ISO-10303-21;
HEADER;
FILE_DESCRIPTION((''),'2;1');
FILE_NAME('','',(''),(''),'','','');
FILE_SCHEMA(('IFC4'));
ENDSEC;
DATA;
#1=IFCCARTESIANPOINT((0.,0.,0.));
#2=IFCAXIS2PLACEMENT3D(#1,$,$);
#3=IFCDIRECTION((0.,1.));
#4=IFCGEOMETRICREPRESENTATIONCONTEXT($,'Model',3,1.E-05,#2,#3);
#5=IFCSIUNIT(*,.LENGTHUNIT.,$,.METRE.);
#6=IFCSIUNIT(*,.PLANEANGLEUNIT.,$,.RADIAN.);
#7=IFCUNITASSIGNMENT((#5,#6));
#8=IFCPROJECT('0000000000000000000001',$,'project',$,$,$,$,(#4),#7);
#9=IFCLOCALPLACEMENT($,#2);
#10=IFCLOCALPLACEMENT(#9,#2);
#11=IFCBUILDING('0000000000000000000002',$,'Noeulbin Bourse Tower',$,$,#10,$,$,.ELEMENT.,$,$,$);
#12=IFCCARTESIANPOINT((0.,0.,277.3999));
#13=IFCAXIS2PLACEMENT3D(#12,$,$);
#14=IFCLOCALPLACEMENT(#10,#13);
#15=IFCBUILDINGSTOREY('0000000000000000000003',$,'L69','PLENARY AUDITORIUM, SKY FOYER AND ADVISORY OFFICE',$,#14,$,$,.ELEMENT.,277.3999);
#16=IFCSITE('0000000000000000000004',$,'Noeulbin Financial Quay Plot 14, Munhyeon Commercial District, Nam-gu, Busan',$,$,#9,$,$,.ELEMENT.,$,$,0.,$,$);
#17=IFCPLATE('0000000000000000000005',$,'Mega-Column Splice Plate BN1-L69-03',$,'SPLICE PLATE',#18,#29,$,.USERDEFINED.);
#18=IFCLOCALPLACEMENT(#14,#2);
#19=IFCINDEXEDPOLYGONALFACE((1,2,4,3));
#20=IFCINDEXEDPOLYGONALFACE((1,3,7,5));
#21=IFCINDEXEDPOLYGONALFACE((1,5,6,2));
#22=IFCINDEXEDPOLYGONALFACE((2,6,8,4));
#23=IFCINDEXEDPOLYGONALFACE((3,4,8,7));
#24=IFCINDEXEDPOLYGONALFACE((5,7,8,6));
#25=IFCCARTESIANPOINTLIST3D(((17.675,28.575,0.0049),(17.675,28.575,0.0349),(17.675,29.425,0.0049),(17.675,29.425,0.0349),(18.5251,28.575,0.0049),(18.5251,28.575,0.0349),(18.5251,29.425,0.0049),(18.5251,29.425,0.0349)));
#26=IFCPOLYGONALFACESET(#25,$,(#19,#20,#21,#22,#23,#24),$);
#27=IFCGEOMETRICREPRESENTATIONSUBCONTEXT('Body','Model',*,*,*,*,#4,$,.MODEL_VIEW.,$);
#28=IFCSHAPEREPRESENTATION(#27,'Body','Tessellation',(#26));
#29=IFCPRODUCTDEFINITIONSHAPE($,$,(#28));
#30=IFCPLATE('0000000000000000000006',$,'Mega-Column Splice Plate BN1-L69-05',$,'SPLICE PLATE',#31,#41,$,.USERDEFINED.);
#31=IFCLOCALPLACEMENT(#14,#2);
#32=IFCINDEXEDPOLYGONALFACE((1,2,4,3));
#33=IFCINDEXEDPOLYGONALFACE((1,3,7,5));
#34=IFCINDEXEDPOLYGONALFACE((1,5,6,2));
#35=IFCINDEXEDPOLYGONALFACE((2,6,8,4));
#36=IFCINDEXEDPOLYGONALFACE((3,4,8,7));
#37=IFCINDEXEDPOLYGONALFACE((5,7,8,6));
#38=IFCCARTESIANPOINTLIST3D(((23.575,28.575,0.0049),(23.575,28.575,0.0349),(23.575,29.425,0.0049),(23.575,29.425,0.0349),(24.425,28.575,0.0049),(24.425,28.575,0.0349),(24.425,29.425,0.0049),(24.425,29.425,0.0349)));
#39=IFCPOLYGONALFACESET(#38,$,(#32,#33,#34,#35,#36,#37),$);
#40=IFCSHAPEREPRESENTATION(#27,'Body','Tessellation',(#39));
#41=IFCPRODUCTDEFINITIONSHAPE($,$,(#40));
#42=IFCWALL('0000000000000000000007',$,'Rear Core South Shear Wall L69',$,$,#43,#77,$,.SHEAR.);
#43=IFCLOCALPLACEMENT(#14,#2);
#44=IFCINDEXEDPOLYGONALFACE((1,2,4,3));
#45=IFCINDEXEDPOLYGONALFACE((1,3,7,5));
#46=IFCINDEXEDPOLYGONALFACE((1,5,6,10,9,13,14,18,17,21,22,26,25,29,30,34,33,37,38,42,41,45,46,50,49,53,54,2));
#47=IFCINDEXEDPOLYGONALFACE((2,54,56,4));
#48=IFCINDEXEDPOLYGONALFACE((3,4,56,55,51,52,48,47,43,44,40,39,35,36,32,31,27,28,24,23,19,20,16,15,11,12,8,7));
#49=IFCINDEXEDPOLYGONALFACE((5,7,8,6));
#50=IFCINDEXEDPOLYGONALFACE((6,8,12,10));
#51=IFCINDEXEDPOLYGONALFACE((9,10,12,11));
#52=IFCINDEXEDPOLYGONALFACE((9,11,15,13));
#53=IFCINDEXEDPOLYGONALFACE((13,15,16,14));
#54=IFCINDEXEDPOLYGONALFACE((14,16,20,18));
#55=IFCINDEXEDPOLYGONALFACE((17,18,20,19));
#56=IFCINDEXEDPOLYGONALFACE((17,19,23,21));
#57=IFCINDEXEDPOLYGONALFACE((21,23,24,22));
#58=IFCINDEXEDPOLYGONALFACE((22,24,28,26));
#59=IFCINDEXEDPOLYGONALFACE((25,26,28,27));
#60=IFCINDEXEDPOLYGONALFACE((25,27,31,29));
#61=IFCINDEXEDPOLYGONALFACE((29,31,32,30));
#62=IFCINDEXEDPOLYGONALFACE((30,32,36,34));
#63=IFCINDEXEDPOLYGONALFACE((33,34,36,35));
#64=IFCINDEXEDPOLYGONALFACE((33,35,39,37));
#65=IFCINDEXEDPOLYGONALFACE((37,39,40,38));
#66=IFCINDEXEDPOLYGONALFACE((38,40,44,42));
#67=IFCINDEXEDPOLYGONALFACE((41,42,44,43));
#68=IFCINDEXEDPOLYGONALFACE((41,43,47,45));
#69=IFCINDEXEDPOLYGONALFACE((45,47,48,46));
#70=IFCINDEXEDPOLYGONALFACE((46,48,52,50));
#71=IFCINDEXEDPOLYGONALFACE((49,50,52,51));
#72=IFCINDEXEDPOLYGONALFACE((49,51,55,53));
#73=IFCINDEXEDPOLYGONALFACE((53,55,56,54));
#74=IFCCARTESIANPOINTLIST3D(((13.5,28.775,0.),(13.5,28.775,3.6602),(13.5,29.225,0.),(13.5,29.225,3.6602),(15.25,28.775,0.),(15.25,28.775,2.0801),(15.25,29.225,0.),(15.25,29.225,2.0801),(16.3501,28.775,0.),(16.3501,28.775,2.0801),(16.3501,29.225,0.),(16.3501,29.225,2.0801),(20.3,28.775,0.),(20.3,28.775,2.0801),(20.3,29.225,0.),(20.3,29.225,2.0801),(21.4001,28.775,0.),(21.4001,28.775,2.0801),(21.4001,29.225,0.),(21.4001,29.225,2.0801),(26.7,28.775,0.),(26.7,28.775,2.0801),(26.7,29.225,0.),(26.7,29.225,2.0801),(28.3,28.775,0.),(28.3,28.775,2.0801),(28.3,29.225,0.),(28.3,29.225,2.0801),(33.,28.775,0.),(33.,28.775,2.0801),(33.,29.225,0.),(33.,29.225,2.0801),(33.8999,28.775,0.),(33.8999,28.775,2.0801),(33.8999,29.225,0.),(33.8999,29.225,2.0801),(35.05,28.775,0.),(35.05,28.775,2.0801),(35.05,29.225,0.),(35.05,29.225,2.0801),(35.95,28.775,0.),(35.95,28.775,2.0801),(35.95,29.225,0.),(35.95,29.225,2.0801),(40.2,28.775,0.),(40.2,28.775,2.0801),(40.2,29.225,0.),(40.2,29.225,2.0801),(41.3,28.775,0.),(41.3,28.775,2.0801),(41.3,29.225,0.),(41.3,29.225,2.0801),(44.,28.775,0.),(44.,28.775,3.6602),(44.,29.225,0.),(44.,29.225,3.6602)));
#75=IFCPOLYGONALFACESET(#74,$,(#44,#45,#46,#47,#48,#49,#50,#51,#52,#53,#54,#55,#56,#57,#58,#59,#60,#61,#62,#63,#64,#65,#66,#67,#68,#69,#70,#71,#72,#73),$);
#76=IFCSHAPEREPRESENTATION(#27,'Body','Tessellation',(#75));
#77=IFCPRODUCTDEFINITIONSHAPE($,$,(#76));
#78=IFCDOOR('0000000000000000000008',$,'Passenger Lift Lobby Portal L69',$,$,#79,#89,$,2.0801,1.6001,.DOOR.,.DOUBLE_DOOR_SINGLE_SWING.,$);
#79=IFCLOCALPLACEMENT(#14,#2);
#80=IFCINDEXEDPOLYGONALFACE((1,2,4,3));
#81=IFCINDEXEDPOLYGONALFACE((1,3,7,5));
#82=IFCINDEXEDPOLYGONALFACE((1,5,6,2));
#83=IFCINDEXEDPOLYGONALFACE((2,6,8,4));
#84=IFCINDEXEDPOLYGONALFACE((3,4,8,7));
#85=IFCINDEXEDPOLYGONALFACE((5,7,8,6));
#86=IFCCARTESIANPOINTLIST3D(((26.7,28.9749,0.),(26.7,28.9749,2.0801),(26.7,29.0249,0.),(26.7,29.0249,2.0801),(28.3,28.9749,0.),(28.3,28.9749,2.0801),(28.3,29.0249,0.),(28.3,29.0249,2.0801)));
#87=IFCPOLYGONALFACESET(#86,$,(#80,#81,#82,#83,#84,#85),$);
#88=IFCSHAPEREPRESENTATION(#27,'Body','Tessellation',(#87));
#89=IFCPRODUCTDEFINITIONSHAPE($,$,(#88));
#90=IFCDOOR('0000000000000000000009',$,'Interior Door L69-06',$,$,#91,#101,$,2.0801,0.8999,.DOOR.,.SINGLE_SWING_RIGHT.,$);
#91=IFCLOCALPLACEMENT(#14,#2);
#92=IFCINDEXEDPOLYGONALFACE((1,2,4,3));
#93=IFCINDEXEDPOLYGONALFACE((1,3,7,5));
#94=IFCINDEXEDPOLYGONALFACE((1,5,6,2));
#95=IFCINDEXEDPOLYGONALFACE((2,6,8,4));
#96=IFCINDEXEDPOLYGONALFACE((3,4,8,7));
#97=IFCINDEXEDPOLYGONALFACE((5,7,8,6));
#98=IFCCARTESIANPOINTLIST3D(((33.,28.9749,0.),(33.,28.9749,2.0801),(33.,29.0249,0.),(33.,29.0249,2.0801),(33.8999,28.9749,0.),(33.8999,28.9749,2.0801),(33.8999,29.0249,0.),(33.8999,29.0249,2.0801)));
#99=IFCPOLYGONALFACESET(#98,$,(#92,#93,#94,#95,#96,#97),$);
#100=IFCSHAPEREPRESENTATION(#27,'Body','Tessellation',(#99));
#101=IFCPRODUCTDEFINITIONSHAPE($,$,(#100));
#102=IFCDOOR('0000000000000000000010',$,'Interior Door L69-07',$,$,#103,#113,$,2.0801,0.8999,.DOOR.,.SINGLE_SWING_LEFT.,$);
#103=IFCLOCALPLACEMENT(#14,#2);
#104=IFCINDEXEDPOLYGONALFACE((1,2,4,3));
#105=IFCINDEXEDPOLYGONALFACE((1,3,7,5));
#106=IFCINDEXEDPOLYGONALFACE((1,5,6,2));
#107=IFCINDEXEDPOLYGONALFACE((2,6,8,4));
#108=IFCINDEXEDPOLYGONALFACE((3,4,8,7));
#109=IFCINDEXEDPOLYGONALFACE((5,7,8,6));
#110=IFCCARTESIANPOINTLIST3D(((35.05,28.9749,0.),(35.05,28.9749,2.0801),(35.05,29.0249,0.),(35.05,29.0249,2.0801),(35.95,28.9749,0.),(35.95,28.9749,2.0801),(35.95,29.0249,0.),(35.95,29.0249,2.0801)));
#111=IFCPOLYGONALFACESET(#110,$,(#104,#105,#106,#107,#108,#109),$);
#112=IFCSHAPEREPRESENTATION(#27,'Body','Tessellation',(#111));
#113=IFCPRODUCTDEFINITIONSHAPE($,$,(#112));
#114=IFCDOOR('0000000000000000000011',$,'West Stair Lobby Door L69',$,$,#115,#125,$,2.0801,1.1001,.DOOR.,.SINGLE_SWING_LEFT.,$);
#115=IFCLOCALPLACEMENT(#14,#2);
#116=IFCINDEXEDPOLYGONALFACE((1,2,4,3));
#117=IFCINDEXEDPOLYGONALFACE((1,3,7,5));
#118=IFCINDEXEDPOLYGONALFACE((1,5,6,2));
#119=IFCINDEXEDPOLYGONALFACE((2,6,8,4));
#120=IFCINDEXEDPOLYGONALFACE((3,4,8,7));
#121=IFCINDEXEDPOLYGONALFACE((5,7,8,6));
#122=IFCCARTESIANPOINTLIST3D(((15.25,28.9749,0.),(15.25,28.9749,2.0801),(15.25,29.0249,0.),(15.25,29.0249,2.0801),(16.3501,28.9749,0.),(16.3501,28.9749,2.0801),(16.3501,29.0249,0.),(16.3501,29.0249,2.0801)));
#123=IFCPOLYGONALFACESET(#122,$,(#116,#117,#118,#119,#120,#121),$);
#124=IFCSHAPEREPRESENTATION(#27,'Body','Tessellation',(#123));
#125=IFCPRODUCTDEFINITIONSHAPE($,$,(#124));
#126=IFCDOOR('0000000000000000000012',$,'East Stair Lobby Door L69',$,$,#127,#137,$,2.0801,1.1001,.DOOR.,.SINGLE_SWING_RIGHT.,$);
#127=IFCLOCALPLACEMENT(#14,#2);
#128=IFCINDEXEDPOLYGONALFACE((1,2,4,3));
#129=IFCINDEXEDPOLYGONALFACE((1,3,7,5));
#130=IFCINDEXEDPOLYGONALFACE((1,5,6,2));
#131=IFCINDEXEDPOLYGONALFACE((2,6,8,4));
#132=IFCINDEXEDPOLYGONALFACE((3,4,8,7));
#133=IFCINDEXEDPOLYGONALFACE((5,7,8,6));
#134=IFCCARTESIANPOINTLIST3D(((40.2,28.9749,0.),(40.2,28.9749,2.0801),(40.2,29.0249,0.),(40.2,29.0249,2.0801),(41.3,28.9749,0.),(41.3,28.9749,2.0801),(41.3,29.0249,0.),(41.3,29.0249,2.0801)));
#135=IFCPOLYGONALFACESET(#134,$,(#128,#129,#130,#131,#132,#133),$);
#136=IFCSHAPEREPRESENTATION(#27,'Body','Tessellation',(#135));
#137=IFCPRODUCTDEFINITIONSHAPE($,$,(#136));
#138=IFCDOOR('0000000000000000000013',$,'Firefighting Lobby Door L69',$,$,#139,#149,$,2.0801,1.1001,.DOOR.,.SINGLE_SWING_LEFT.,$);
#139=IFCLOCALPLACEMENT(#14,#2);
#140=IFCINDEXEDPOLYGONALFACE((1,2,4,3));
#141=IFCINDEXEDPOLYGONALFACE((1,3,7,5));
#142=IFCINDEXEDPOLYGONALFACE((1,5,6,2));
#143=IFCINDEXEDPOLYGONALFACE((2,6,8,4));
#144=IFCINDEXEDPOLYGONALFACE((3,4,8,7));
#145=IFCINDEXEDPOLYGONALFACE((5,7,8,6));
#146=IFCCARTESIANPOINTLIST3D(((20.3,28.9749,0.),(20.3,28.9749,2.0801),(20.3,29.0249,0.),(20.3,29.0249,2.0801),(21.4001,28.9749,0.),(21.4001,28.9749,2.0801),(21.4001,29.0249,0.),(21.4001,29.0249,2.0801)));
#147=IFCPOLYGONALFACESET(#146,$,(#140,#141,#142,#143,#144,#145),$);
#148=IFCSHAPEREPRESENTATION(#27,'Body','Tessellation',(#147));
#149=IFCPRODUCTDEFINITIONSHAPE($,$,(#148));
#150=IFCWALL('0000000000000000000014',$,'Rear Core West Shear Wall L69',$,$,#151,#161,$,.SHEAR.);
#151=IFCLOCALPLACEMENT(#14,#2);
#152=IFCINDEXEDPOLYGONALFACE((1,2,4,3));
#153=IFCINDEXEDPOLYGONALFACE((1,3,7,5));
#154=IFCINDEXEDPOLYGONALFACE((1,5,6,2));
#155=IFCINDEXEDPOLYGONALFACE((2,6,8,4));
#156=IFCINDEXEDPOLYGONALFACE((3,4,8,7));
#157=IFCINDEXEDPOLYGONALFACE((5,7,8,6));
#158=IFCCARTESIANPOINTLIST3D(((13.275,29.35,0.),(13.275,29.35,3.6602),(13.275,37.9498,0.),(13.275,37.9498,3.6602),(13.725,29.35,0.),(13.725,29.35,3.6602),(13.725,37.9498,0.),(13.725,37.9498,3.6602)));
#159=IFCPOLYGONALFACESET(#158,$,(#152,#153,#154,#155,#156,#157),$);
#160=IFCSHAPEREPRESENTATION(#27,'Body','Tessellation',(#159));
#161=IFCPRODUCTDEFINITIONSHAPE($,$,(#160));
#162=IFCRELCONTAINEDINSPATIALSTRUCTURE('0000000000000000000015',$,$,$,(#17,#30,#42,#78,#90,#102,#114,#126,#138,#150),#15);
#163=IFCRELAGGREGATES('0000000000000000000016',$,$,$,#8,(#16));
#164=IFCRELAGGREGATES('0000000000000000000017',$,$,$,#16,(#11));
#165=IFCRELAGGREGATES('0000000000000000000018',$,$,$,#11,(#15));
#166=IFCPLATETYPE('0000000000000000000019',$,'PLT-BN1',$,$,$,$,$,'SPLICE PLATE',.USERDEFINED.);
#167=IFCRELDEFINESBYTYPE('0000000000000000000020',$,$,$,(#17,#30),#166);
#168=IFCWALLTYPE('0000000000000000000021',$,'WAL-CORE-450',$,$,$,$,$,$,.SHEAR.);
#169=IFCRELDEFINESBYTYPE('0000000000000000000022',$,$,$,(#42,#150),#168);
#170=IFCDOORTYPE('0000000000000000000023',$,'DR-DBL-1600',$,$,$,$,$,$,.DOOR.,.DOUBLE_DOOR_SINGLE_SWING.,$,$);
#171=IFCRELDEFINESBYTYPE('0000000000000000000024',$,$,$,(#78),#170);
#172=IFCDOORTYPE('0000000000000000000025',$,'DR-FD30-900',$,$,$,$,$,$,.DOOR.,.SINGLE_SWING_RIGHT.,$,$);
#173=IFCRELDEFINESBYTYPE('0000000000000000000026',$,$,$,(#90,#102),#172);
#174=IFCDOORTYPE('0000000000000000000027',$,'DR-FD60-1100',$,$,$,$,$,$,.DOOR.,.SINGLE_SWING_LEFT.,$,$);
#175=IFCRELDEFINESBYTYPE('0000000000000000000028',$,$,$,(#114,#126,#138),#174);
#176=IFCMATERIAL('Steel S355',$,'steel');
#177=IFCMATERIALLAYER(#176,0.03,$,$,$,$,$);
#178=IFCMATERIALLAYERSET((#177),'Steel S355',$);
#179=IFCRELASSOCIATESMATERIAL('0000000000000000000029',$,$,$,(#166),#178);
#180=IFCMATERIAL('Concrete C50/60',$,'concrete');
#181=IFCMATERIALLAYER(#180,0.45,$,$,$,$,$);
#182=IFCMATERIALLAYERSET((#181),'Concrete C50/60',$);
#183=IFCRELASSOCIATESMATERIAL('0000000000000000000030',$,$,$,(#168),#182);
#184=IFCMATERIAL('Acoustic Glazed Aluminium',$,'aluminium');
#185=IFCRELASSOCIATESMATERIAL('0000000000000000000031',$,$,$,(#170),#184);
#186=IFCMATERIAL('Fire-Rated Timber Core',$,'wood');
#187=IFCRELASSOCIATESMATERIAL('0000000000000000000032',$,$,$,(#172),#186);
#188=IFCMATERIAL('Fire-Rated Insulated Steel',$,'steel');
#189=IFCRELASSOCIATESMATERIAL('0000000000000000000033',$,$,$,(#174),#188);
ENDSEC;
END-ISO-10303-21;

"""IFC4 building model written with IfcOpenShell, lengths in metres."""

from ifc_helpers import new_model, si_unit, direction, frame, frame_2d, origin, origin_2d, place, context, subcontext, project, spatial, rectangle, extrude, material, layer, layer_set, type_object, element, fill, save


model = new_model("IFC4")

# Units and contexts
model_context = context("Model", 3, precision=1e-05, world=origin(), true_north=direction((0.0, 1.0)))
body_context = subcontext(model_context, "Body", "Model", "MODEL_VIEW")
ifc_project = project(units=[si_unit("LENGTHUNIT", "METRE"), si_unit("PLANEANGLEUNIT", "RADIAN")], contexts=[model_context])

# Site, building, storey
site_placement = place(None, origin())
site = spatial("IfcSite", under=ifc_project, at=site_placement, Name="Noeulbin Financial Quay Plot 14, Munhyeon Commercial District, Nam-gu, Busan", CompositionType="ELEMENT", RefElevation=0.0)
building_placement = place(site_placement, origin())
building = spatial("IfcBuilding", under=site, at=building_placement, Name="Noeulbin Bourse Tower", CompositionType="ELEMENT")
storey_placement = place(building_placement, frame((0.0, 0.0, 277.3999)))
storey = spatial("IfcBuildingStorey", under=building, at=storey_placement, Name="L69", Description="PLENARY AUDITORIUM, SKY FOYER AND ADVISORY OFFICE", CompositionType="ELEMENT", Elevation=277.3999)

# Shared definitions
ifc_material_1 = material(Name="Steel S355", Category="steel")

# Plates
ifc_layer_1 = layer(ifc_material_1, 0.03)
ifc_layer_set_1 = layer_set([ifc_layer_1], Name="Steel S355")
plate_type = type_object("IfcPlateType", Name="PLT-BN1", ElementType="SPLICE PLATE", PredefinedType="USERDEFINED", material=ifc_layer_set_1)
for number, where, z_axis, x_axis, name in (
    (1, (18.1001, 29.0, 0.0049), (0.0, 0.0, 1.0), (1.0, 0.0, 0.0), "Mega-Column Splice Plate BN1-L69-03"),
    (2, (24.0, 29.0, 0.0049), (0.0, 0.0, 1.0), (1.0, 0.0, 0.0), "Mega-Column Splice Plate BN1-L69-05"),
):
    element("IfcPlate", number, at=place(storey_placement, frame(where, z_axis=z_axis, x_axis=x_axis)), inside=storey, type_object=plate_type, Name=name, ObjectType="SPLICE PLATE", PredefinedType="USERDEFINED", context=body_context, shape_type="SweptSolid", body=[
        extrude(rectangle(XDim=0.8501, YDim=0.8501, at=origin_2d()), origin(), (0.0, 0.0, 1.0), 0.03),
    ])

# Wall, openings, doors
ifc_material_2 = material(Name="Concrete C50/60", Category="concrete")
ifc_layer_2 = layer(ifc_material_2, 0.45)
ifc_layer_set_2 = layer_set([ifc_layer_2], Name="Concrete C50/60")
wall_type_1 = type_object("IfcWallType", Name="WAL-CORE-450", PredefinedType="SHEAR", material=ifc_layer_set_2)
wall_1_placement = place(storey_placement, frame((13.5, 29.0, 0.0), z_axis=(0.0, 0.0, 1.0), x_axis=(1.0, 0.0, 0.0)))
wall_1 = element("IfcWall", 3, at=wall_1_placement, inside=storey, type_object=wall_type_1, Name="Rear Core South Shear Wall L69", PredefinedType="SHEAR", context=body_context, shape_type="SweptSolid", body=[
    extrude(rectangle(XDim=30.5, YDim=0.45, at=frame_2d((15.25, 0.0))), origin(), (0.0, 0.0, 1.0), 3.6602),
])
opening_1_placement = place(wall_1_placement, frame((1.75, 0.0, 0.0)))
opening_1 = element("IfcOpeningElement", 4, at=opening_1_placement, cuts=wall_1, PredefinedType="OPENING", context=body_context, shape_type="SweptSolid", body=[
    extrude(rectangle(XDim=1.1001, YDim=2.0801, at=frame_2d((0.55, 1.04))), frame((0.0, 0.2349, 0.0), z_axis=(0.0, -1.0, 0.0), x_axis=(1.0, 0.0, 0.0)), (0.0, 0.0, 1.0), 0.47),
])
opening_2_placement = place(wall_1_placement, frame((26.7, 0.0, 0.0)))
opening_2 = element("IfcOpeningElement", 5, at=opening_2_placement, cuts=wall_1, PredefinedType="OPENING", context=body_context, shape_type="SweptSolid", body=[
    extrude(rectangle(XDim=1.1001, YDim=2.0801, at=frame_2d((0.55, 1.04))), frame((0.0, 0.2349, 0.0), z_axis=(0.0, -1.0, 0.0), x_axis=(1.0, 0.0, 0.0)), (0.0, 0.0, 1.0), 0.47),
])
opening_3_placement = place(wall_1_placement, frame((6.8, 0.0, 0.0)))
opening_3 = element("IfcOpeningElement", 6, at=opening_3_placement, cuts=wall_1, PredefinedType="OPENING", context=body_context, shape_type="SweptSolid", body=[
    extrude(rectangle(XDim=1.1001, YDim=2.0801, at=frame_2d((0.55, 1.04))), frame((0.0, 0.2349, 0.0), z_axis=(0.0, -1.0, 0.0), x_axis=(1.0, 0.0, 0.0)), (0.0, 0.0, 1.0), 0.47),
])
opening_4_placement = place(wall_1_placement, frame((13.2, 0.0, 0.0)))
opening_4 = element("IfcOpeningElement", 7, at=opening_4_placement, cuts=wall_1, PredefinedType="OPENING", context=body_context, shape_type="SweptSolid", body=[
    extrude(rectangle(XDim=1.6001, YDim=2.0801, at=frame_2d((0.8, 1.04))), frame((0.0, 0.2349, 0.0), z_axis=(0.0, -1.0, 0.0), x_axis=(1.0, 0.0, 0.0)), (0.0, 0.0, 1.0), 0.47),
])
opening_5_placement = place(wall_1_placement, frame((19.5, 0.0, 0.0)))
opening_5 = element("IfcOpeningElement", 8, at=opening_5_placement, cuts=wall_1, PredefinedType="OPENING", context=body_context, shape_type="SweptSolid", body=[
    extrude(rectangle(XDim=0.8999, YDim=2.0801, at=frame_2d((0.45, 1.04))), frame((0.0, 0.2349, 0.0), z_axis=(0.0, -1.0, 0.0), x_axis=(1.0, 0.0, 0.0)), (0.0, 0.0, 1.0), 0.47),
])
opening_6_placement = place(wall_1_placement, frame((21.55, 0.0, 0.0)))
opening_6 = element("IfcOpeningElement", 9, at=opening_6_placement, cuts=wall_1, PredefinedType="OPENING", context=body_context, shape_type="SweptSolid", body=[
    extrude(rectangle(XDim=0.8999, YDim=2.0801, at=frame_2d((0.45, 1.04))), frame((0.0, 0.2349, 0.0), z_axis=(0.0, -1.0, 0.0), x_axis=(1.0, 0.0, 0.0)), (0.0, 0.0, 1.0), 0.47),
])
ifc_material_3 = material(Name="Acoustic Glazed Aluminium", Category="aluminium")
door_type_1 = type_object("IfcDoorType", Name="DR-DBL-1600", OperationType="DOUBLE_DOOR_SINGLE_SWING", PredefinedType="DOOR", material=ifc_material_3)
door_1_placement = place(opening_4_placement, origin())
door_1 = element("IfcDoor", 10, at=door_1_placement, inside=storey, type_object=door_type_1, Name="Passenger Lift Lobby Portal L69", OperationType="DOUBLE_DOOR_SINGLE_SWING", OverallHeight=2.0801, OverallWidth=1.6001, PredefinedType="DOOR", context=body_context, shape_type="SweptSolid", body=[
    extrude(rectangle(XDim=1.6001, YDim=2.0801, at=frame_2d((0.8, 1.04))), frame((0.0, 0.0249, 0.0), z_axis=(0.0, -1.0, 0.0), x_axis=(1.0, 0.0, 0.0)), (0.0, 0.0, 1.0), 0.05),
])
fill(opening_4, door_1)
ifc_material_4 = material(Name="Fire-Rated Timber Core", Category="wood")
door_type_2 = type_object("IfcDoorType", Name="DR-FD30-900", OperationType="SINGLE_SWING_RIGHT", PredefinedType="DOOR", material=ifc_material_4)
door_2_placement = place(opening_5_placement, origin())
door_2 = element("IfcDoor", 11, at=door_2_placement, inside=storey, type_object=door_type_2, Name="Interior Door L69-06", OperationType="SINGLE_SWING_RIGHT", OverallHeight=2.0801, OverallWidth=0.8999, PredefinedType="DOOR", context=body_context, shape_type="SweptSolid", body=[
    extrude(rectangle(XDim=0.8999, YDim=2.0801, at=frame_2d((0.45, 1.04))), frame((0.0, 0.0249, 0.0), z_axis=(0.0, -1.0, 0.0), x_axis=(1.0, 0.0, 0.0)), (0.0, 0.0, 1.0), 0.05),
])
fill(opening_5, door_2)
door_3_placement = place(opening_6_placement, origin())
door_3 = element("IfcDoor", 12, at=door_3_placement, inside=storey, type_object=door_type_2, Name="Interior Door L69-07", OperationType="SINGLE_SWING_LEFT", OverallHeight=2.0801, OverallWidth=0.8999, PredefinedType="DOOR", context=body_context, shape_type="SweptSolid", body=[
    extrude(rectangle(XDim=0.8999, YDim=2.0801, at=frame_2d((0.45, 1.04))), frame((0.0, 0.0249, 0.0), z_axis=(0.0, -1.0, 0.0), x_axis=(1.0, 0.0, 0.0)), (0.0, 0.0, 1.0), 0.05),
])
fill(opening_6, door_3)
ifc_material_5 = material(Name="Fire-Rated Insulated Steel", Category="steel")
door_type_3 = type_object("IfcDoorType", Name="DR-FD60-1100", OperationType="SINGLE_SWING_LEFT", PredefinedType="DOOR", material=ifc_material_5)
door_4_placement = place(opening_1_placement, origin())
door_4 = element("IfcDoor", 13, at=door_4_placement, inside=storey, type_object=door_type_3, Name="West Stair Lobby Door L69", OperationType="SINGLE_SWING_LEFT", OverallHeight=2.0801, OverallWidth=1.1001, PredefinedType="DOOR", context=body_context, shape_type="SweptSolid", body=[
    extrude(rectangle(XDim=1.1001, YDim=2.0801, at=frame_2d((0.55, 1.04))), frame((0.0, 0.0249, 0.0), z_axis=(0.0, -1.0, 0.0), x_axis=(1.0, 0.0, 0.0)), (0.0, 0.0, 1.0), 0.05),
])
fill(opening_1, door_4)
door_5_placement = place(opening_2_placement, origin())
door_5 = element("IfcDoor", 14, at=door_5_placement, inside=storey, type_object=door_type_3, Name="East Stair Lobby Door L69", OperationType="SINGLE_SWING_RIGHT", OverallHeight=2.0801, OverallWidth=1.1001, PredefinedType="DOOR", context=body_context, shape_type="SweptSolid", body=[
    extrude(rectangle(XDim=1.1001, YDim=2.0801, at=frame_2d((0.55, 1.04))), frame((0.0, 0.0249, 0.0), z_axis=(0.0, -1.0, 0.0), x_axis=(1.0, 0.0, 0.0)), (0.0, 0.0, 1.0), 0.05),
])
fill(opening_2, door_5)
door_6_placement = place(opening_3_placement, origin())
door_6 = element("IfcDoor", 15, at=door_6_placement, inside=storey, type_object=door_type_3, Name="Firefighting Lobby Door L69", OperationType="SINGLE_SWING_LEFT", OverallHeight=2.0801, OverallWidth=1.1001, PredefinedType="DOOR", context=body_context, shape_type="SweptSolid", body=[
    extrude(rectangle(XDim=1.1001, YDim=2.0801, at=frame_2d((0.55, 1.04))), frame((0.0, 0.0249, 0.0), z_axis=(0.0, -1.0, 0.0), x_axis=(1.0, 0.0, 0.0)), (0.0, 0.0, 1.0), 0.05),
])
fill(opening_3, door_6)

# Wall
wall_2_placement = place(storey_placement, frame((13.5, 29.3501, 0.0), z_axis=(0.0, 0.0, 1.0), x_axis=(0.0, 1.0, 0.0)))
element("IfcWall", 16, at=wall_2_placement, inside=storey, type_object=wall_type_1, Name="Rear Core West Shear Wall L69", PredefinedType="SHEAR", context=body_context, shape_type="SweptSolid", body=[
    extrude(rectangle(XDim=8.5999, YDim=0.45, at=frame_2d((4.2998, 0.0))), origin(), (0.0, 0.0, 1.0), 3.6602),
])

save(model, "model.ifc")
